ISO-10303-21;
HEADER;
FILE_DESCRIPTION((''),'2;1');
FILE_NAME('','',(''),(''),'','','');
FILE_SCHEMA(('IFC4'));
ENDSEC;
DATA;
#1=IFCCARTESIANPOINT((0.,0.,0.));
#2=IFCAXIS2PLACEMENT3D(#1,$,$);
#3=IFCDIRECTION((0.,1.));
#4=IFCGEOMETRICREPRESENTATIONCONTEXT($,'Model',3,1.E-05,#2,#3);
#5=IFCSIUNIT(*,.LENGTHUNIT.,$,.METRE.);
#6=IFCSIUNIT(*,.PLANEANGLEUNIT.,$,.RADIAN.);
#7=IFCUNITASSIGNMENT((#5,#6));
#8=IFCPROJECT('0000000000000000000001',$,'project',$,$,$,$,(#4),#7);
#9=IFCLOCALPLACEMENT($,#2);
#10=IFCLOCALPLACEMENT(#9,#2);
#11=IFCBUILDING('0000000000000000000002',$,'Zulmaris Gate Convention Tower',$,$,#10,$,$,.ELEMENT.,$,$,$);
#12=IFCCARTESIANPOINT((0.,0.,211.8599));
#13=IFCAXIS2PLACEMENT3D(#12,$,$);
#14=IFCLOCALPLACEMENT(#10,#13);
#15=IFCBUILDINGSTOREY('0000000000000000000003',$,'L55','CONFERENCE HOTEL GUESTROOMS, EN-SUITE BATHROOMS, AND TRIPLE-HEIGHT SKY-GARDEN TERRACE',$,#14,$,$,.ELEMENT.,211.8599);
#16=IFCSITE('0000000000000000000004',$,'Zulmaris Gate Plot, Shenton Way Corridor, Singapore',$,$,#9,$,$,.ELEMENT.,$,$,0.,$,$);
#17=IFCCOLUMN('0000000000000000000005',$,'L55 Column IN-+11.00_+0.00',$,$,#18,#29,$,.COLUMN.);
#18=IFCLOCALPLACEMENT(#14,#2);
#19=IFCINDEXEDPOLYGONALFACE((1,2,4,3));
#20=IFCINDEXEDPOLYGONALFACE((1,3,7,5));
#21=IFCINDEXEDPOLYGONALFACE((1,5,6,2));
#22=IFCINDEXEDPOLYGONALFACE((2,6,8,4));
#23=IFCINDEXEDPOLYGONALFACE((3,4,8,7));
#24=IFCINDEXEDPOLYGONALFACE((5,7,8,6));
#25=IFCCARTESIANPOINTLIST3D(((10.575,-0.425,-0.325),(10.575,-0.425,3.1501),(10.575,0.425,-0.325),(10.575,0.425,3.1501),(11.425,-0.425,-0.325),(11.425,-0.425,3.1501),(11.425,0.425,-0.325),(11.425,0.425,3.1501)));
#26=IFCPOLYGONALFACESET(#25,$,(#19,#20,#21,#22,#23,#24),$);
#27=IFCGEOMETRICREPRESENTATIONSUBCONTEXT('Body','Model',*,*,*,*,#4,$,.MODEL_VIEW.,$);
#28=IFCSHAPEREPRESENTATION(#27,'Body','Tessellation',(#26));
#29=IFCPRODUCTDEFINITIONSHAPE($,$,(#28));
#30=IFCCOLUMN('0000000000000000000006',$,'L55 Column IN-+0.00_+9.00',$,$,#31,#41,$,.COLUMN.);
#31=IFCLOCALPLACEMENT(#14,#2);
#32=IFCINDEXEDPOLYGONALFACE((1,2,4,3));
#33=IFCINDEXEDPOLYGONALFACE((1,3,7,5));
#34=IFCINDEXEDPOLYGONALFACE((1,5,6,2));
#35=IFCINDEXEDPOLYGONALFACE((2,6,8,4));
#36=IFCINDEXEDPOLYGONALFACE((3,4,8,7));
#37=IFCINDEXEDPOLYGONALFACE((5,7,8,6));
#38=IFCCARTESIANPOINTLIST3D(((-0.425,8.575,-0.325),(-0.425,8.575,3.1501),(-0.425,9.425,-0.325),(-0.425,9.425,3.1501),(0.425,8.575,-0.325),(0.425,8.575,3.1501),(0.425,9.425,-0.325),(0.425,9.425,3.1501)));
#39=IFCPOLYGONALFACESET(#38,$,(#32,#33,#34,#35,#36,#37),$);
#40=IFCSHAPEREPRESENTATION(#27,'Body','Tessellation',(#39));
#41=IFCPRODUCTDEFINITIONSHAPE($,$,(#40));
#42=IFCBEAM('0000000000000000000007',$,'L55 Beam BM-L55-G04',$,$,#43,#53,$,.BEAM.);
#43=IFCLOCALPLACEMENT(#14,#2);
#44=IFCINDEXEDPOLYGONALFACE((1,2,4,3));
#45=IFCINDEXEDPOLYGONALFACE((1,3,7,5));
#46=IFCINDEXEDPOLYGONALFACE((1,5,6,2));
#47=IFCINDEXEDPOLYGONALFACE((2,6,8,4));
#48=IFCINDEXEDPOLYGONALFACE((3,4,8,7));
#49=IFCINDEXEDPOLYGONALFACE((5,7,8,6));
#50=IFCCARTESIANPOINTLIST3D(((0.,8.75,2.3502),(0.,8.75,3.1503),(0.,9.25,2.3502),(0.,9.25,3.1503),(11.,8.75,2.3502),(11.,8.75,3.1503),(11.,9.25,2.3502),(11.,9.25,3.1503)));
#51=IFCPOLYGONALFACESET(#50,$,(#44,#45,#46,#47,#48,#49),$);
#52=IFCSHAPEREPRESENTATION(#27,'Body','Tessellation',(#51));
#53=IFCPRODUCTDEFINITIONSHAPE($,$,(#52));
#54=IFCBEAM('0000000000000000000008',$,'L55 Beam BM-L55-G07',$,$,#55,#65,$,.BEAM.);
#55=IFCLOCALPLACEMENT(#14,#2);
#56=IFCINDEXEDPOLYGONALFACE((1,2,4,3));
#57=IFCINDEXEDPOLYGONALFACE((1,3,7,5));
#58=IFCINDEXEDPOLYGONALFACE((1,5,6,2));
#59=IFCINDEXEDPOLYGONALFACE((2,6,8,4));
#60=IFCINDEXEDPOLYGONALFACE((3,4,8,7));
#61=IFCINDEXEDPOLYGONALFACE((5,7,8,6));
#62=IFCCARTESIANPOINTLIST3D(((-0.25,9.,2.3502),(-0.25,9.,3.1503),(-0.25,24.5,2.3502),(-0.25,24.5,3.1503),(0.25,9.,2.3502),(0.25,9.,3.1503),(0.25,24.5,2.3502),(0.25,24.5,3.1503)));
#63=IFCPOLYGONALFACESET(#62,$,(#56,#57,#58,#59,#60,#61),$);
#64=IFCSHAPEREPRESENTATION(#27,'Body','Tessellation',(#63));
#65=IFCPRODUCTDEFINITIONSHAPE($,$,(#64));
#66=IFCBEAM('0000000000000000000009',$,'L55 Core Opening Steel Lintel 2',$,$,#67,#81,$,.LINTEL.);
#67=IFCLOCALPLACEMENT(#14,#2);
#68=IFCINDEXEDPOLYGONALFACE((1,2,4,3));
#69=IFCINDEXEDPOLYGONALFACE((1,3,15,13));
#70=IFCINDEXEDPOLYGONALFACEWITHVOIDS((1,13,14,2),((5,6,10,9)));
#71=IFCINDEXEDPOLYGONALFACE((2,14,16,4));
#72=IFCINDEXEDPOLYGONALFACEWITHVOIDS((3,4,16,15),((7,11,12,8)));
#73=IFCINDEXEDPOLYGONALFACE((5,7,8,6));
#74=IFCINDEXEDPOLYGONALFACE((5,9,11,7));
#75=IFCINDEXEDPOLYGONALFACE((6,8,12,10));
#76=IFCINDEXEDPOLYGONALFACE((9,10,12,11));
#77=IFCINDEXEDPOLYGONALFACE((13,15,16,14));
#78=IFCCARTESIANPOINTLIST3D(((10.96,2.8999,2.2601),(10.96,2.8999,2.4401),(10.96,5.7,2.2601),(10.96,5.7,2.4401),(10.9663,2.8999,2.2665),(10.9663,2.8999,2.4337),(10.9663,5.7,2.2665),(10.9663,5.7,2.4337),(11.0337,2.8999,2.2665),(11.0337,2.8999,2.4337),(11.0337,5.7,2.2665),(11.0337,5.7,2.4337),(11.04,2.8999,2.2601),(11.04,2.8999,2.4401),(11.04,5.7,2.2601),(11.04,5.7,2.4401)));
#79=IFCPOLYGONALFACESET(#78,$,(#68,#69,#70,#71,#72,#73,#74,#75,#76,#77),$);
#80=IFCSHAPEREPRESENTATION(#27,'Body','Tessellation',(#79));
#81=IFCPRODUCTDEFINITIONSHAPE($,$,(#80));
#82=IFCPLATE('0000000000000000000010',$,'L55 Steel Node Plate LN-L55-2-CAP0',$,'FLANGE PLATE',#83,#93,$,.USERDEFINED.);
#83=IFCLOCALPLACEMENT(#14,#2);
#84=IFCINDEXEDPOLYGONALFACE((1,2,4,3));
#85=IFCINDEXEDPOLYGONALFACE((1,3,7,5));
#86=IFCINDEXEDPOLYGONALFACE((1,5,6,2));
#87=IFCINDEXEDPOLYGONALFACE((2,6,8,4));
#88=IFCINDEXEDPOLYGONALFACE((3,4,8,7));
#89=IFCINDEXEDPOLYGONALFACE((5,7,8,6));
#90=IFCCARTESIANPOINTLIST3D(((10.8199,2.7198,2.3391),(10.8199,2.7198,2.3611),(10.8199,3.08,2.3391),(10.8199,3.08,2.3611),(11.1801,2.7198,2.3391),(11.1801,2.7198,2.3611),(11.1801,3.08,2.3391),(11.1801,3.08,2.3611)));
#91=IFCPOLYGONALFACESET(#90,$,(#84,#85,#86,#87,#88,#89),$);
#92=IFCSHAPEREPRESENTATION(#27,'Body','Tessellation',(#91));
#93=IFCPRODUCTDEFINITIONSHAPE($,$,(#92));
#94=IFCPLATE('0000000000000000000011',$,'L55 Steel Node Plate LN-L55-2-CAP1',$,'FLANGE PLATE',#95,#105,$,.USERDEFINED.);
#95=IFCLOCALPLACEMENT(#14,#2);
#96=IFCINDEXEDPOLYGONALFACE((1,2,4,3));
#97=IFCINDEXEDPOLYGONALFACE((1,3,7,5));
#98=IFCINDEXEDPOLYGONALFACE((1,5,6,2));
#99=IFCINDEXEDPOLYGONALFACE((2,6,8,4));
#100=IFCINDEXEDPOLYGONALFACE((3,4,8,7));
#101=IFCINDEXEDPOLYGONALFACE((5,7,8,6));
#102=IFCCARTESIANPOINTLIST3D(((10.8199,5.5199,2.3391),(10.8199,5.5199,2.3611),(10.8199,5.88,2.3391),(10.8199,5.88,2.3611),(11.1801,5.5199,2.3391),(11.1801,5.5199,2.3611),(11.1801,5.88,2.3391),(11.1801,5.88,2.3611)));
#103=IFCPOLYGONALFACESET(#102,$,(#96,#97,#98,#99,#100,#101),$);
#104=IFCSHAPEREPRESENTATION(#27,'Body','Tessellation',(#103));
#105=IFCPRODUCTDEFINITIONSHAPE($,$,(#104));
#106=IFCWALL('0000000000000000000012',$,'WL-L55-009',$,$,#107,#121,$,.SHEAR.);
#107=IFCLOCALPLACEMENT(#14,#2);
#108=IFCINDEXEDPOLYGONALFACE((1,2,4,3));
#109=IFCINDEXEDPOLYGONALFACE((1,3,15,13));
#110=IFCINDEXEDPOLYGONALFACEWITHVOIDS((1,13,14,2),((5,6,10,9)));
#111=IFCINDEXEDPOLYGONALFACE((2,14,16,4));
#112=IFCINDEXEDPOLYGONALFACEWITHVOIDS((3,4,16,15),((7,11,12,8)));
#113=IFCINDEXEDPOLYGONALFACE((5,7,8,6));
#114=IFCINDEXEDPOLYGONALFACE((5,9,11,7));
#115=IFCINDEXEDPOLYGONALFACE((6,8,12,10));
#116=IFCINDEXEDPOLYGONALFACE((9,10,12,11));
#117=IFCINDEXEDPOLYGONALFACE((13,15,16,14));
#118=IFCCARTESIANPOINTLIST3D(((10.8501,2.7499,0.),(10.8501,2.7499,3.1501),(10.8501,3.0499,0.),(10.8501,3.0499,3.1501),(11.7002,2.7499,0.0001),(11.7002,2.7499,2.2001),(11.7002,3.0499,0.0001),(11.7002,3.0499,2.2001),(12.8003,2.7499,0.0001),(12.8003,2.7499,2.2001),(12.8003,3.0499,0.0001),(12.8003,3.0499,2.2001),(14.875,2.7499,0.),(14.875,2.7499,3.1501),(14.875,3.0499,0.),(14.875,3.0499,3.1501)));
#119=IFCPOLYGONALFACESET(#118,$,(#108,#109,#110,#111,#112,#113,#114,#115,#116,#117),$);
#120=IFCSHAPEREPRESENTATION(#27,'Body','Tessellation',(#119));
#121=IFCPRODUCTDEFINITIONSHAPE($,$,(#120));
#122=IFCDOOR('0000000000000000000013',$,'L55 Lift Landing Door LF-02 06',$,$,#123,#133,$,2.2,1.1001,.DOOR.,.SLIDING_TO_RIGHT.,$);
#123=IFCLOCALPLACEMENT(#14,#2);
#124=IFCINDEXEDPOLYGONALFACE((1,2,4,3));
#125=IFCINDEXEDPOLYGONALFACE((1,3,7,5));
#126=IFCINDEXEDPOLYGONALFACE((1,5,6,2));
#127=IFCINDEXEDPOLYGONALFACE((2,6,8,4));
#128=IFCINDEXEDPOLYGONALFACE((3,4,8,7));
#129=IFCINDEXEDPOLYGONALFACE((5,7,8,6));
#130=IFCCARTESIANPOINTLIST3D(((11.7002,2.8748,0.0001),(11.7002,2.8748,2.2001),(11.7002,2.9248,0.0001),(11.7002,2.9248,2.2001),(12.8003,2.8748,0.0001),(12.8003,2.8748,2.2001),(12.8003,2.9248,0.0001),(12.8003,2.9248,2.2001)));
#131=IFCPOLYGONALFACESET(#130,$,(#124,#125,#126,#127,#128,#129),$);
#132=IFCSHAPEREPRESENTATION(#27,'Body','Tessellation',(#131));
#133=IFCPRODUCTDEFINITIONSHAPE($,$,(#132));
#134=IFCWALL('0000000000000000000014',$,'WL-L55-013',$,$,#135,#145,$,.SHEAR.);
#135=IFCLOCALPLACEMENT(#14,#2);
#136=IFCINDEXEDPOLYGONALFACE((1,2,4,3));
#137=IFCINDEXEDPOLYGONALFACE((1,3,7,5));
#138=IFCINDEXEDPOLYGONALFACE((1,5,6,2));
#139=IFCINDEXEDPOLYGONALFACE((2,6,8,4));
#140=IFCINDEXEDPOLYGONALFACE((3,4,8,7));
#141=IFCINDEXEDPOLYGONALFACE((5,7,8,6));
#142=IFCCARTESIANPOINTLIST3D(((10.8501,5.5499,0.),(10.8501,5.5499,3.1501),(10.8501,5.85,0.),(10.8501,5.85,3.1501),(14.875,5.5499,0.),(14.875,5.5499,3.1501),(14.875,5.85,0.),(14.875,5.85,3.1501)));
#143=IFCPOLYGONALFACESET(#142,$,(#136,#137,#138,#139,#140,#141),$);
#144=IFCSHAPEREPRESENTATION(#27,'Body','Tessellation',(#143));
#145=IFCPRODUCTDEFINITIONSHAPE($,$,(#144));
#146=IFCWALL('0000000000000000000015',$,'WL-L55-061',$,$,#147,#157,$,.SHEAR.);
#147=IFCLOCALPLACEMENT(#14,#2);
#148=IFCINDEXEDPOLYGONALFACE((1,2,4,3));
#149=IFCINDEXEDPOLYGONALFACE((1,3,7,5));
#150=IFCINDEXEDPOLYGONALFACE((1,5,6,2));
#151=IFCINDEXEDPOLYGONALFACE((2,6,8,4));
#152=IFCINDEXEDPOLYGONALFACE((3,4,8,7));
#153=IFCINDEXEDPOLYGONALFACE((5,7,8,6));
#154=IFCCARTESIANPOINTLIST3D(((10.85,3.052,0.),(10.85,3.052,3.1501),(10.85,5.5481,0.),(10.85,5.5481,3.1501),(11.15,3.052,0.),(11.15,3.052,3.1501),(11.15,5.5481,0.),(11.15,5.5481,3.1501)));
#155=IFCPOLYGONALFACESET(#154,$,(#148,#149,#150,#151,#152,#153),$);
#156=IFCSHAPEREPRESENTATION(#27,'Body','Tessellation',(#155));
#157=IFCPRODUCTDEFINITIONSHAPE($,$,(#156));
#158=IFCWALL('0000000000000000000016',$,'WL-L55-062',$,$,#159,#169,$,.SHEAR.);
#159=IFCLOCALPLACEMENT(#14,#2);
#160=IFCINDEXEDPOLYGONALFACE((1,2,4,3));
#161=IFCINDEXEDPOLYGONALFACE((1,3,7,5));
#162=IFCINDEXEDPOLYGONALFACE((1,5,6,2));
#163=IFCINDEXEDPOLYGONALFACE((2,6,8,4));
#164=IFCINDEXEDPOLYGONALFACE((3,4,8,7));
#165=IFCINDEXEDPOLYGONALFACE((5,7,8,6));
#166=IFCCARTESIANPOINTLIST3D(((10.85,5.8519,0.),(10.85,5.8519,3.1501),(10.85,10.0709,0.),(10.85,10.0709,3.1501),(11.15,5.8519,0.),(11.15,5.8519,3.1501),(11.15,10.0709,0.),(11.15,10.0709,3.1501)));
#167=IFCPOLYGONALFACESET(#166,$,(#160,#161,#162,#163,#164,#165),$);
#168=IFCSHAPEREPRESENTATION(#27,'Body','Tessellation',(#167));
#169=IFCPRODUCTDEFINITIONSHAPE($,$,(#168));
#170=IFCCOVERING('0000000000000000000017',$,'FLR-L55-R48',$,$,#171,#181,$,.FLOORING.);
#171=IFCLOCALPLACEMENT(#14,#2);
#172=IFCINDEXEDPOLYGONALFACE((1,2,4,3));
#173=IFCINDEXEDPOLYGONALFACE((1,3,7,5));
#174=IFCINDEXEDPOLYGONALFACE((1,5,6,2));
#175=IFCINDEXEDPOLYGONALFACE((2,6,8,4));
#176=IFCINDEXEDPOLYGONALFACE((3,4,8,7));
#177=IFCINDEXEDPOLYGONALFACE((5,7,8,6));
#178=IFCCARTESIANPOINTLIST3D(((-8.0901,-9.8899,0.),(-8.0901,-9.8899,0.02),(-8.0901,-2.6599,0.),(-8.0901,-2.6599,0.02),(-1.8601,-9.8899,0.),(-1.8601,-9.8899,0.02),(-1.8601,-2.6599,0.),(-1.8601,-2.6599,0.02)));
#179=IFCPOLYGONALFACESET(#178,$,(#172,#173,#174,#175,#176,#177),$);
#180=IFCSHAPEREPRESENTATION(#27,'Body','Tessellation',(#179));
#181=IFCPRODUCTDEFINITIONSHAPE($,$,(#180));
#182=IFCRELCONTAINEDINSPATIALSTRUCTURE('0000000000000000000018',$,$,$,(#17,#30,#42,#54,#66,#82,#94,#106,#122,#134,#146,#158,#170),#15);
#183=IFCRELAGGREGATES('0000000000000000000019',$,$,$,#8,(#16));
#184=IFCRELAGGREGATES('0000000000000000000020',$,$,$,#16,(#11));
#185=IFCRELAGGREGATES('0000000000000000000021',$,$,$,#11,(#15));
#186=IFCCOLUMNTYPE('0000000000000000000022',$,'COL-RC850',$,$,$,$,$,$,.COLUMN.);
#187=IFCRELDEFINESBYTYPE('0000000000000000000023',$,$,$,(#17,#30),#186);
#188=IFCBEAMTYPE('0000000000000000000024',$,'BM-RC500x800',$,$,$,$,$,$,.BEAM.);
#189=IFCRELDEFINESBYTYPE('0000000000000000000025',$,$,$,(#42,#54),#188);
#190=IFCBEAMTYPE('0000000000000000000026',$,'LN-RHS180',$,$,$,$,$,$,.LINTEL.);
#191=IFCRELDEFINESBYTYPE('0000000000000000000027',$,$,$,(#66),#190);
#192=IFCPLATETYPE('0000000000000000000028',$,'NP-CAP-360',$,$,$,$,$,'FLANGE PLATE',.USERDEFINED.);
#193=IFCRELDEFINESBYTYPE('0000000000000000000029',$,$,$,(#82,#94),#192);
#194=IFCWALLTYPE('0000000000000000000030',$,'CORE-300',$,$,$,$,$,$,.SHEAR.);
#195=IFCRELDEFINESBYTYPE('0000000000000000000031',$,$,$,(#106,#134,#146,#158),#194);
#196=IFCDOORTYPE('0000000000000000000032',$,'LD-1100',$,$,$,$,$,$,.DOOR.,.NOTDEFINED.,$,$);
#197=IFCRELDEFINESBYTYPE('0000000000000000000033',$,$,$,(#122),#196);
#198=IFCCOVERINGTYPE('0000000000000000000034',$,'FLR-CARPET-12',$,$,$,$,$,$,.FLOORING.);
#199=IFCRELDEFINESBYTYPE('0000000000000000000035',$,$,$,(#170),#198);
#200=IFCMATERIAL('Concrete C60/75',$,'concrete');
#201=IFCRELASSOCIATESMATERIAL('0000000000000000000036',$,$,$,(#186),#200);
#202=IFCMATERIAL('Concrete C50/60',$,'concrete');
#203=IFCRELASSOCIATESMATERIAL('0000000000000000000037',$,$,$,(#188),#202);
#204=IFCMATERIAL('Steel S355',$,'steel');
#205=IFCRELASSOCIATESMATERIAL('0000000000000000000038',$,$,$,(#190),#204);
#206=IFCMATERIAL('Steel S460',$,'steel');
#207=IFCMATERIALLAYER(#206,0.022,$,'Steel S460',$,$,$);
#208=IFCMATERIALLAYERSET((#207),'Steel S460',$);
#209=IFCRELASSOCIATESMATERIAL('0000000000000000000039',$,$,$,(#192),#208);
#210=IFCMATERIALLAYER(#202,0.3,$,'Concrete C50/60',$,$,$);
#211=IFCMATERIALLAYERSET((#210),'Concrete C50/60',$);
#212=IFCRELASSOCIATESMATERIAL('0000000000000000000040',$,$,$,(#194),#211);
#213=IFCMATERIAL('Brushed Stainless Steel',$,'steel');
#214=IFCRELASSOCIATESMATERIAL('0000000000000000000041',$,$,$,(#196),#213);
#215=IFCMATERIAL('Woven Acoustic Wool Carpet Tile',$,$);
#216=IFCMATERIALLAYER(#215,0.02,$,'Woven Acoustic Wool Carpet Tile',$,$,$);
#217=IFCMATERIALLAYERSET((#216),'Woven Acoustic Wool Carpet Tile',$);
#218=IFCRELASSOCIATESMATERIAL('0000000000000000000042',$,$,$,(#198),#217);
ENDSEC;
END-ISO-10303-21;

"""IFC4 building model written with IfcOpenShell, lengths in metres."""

from ifc_helpers import new_model, si_unit, direction, frame, frame_2d, origin, origin_2d, place, context, subcontext, project, spatial, polyline, rectangle, hollow_rectangle, outline, extrude, material, layer, layer_set, material_profile, profile_set, type_object, element, fill, save


model = new_model("IFC4")

# Units and contexts
model_context = context("Model", 3, precision=1e-05, world=origin(), true_north=direction((0.0, 1.0)))
body_context = subcontext(model_context, "Body", "Model", "MODEL_VIEW")
ifc_project = project(units=[si_unit("LENGTHUNIT", "METRE"), si_unit("PLANEANGLEUNIT", "RADIAN")], contexts=[model_context])

# Site, building, storey
site_placement = place(None, origin())
site = spatial("IfcSite", under=ifc_project, at=site_placement, Name="Zulmaris Gate Plot, Shenton Way Corridor, Singapore", CompositionType="ELEMENT", RefElevation=0.0)
building_placement = place(site_placement, origin())
building = spatial("IfcBuilding", under=site, at=building_placement, Name="Zulmaris Gate Convention Tower", CompositionType="ELEMENT")
storey_placement = place(building_placement, frame((0.0, 0.0, 211.8599)))
storey = spatial("IfcBuildingStorey", under=building, at=storey_placement, Name="L55", Description="CONFERENCE HOTEL GUESTROOMS, EN-SUITE BATHROOMS, AND TRIPLE-HEIGHT SKY-GARDEN TERRACE", CompositionType="ELEMENT", Elevation=211.8599)

# Columns
ifc_material_1 = material(Name="Concrete C60/75", Category="concrete")
ifc_material_profile_1 = material_profile(ifc_material_1, rectangle(XDim=0.8501, YDim=0.8501, at=origin_2d()), Name="RC COL 850x850")
ifc_profile_set_1 = profile_set([ifc_material_profile_1], Name="Concrete C60/75")
column_type = type_object("IfcColumnType", Name="COL-RC850", PredefinedType="COLUMN", material=ifc_profile_set_1)
for number, where, z_axis, x_axis, name in (
    (1, (11.0, 0.0, -0.325), (0.0, 0.0, 1.0), (1.0, 0.0, 0.0), "L55 Column IN-+11.00_+0.00"),
    (2, (0.0, 9.0, -0.325), (0.0, 0.0, 1.0), (1.0, 0.0, 0.0), "L55 Column IN-+0.00_+9.00"),
):
    element("IfcColumn", number, at=place(storey_placement, frame(where, z_axis=z_axis, x_axis=x_axis)), inside=storey, type_object=column_type, Name=name, PredefinedType="COLUMN", context=body_context, shape_type="SweptSolid", body=[
        extrude(rectangle(XDim=0.8501, YDim=0.8501, at=origin_2d()), origin(), (0.0, 0.0, 1.0), 3.4751),
    ])

# Beams
ifc_material_2 = material(Name="Concrete C50/60", Category="concrete")
ifc_material_profile_2 = material_profile(ifc_material_2, rectangle(XDim=0.5, YDim=0.8, at=origin_2d()), Name="RC BEAM 500x800")
ifc_profile_set_2 = profile_set([ifc_material_profile_2], Name="Concrete C50/60")
beam_type_1 = type_object("IfcBeamType", Name="BM-RC500x800", PredefinedType="BEAM", material=ifc_profile_set_2)
beam_1_placement = place(storey_placement, frame((0.0, 9.0, 2.7502), z_axis=(1.0, 0.0, 0.0), x_axis=(0.0, 1.0, 0.0)))
element("IfcBeam", 3, at=beam_1_placement, inside=storey, type_object=beam_type_1, Name="L55 Beam BM-L55-G04", PredefinedType="BEAM", context=body_context, shape_type="SweptSolid", body=[
    extrude(rectangle(XDim=0.5, YDim=0.8, at=origin_2d()), origin(), (0.0, 0.0, 1.0), 11.0),
])
beam_2_placement = place(storey_placement, frame((0.0, 9.0, 2.7502), z_axis=(0.0, 1.0, 0.0), x_axis=(-1.0, 0.0, 0.0)))
element("IfcBeam", 4, at=beam_2_placement, inside=storey, type_object=beam_type_1, Name="L55 Beam BM-L55-G07", PredefinedType="BEAM", context=body_context, shape_type="SweptSolid", body=[
    extrude(rectangle(XDim=0.5, YDim=0.8, at=origin_2d()), origin(), (0.0, 0.0, 1.0), 15.5),
])
ifc_material_3 = material(Name="Steel S355", Category="steel")
ifc_material_profile_3 = material_profile(ifc_material_3, hollow_rectangle(XDim=0.0801, YDim=0.1799, WallThickness=0.0063, at=origin_2d()), Name="RHS 180x80x6.3")
ifc_profile_set_3 = profile_set([ifc_material_profile_3], Name="Steel S355")
beam_type_2 = type_object("IfcBeamType", Name="LN-RHS180", PredefinedType="LINTEL", material=ifc_profile_set_3)
beam_3_placement = place(storey_placement, frame((11.0, 2.8999, 2.3501), z_axis=(0.0, 1.0, 0.0), x_axis=(-1.0, 0.0, 0.0)))
element("IfcBeam", 5, at=beam_3_placement, inside=storey, type_object=beam_type_2, Name="L55 Core Opening Steel Lintel 2", PredefinedType="LINTEL", context=body_context, shape_type="SweptSolid", body=[
    extrude(hollow_rectangle(XDim=0.0801, YDim=0.1799, WallThickness=0.0063, at=origin_2d()), origin(), (0.0, 0.0, 1.0), 2.8),
])

# Plates
ifc_material_4 = material(Name="Steel S460", Category="steel")
ifc_layer_1 = layer(ifc_material_4, 0.022, Name="Steel S460")
ifc_layer_set_1 = layer_set([ifc_layer_1], Name="Steel S460")
plate_type = type_object("IfcPlateType", Name="NP-CAP-360", ElementType="FLANGE PLATE", PredefinedType="USERDEFINED", material=ifc_layer_set_1)
for number, where, z_axis, x_axis, name in (
    (6, (11.0, 2.8999, 2.3391), (0.0, 0.0, 1.0), (1.0, 0.0, 0.0), "L55 Steel Node Plate LN-L55-2-CAP0"),
    (7, (11.0, 5.7, 2.3391), (0.0, 0.0, 1.0), (1.0, 0.0, 0.0), "L55 Steel Node Plate LN-L55-2-CAP1"),
):
    element("IfcPlate", number, at=place(storey_placement, frame(where, z_axis=z_axis, x_axis=x_axis)), inside=storey, type_object=plate_type, Name=name, ObjectType="FLANGE PLATE", PredefinedType="USERDEFINED", context=body_context, shape_type="SweptSolid", body=[
        extrude(rectangle(XDim=0.3601, YDim=0.3601, at=origin_2d()), origin(), (0.0, 0.0, 1.0), 0.022),
    ])

# Wall, opening, door
ifc_layer_2 = layer(ifc_material_2, 0.3, Name="Concrete C50/60")
ifc_layer_set_2 = layer_set([ifc_layer_2], Name="Concrete C50/60")
wall_type = type_object("IfcWallType", Name="CORE-300", PredefinedType="SHEAR", material=ifc_layer_set_2)
wall_1_placement = place(storey_placement, frame((10.8501, 2.8999, 0.0), z_axis=(0.0, 0.0, 1.0), x_axis=(1.0, 0.0, 0.0)))
wall_1 = element("IfcWall", 8, at=wall_1_placement, inside=storey, type_object=wall_type, Name="WL-L55-009", PredefinedType="SHEAR", context=body_context, shape_type="SweptSolid", body=[
    extrude(rectangle(XDim=4.0249, YDim=0.3, at=frame_2d((2.0125, 0.0))), origin(), (0.0, 0.0, 1.0), 3.1501),
])
opening_1_placement = place(wall_1_placement, frame((0.8501, 0.0, 0.0)))
opening_1 = element("IfcOpeningElement", 9, at=opening_1_placement, cuts=wall_1, PredefinedType="OPENING", context=body_context, shape_type="SweptSolid", body=[
    extrude(rectangle(XDim=1.1001, YDim=2.2, at=frame_2d((0.55, 1.1001))), frame((0.0, 0.1602, 0.0), z_axis=(0.0, -1.0, 0.0), x_axis=(1.0, 0.0, 0.0)), (0.0, 0.0, 1.0), 0.3201),
])
ifc_material_5 = material(Name="Brushed Stainless Steel", Category="steel")
door_type_1 = type_object("IfcDoorType", Name="LD-1100", OperationType="NOTDEFINED", PredefinedType="DOOR", material=ifc_material_5)
door_1_placement = place(opening_1_placement, origin())
door_1 = element("IfcDoor", 10, at=door_1_placement, inside=storey, type_object=door_type_1, Name="L55 Lift Landing Door LF-02 06", OperationType="SLIDING_TO_RIGHT", OverallHeight=2.2, OverallWidth=1.1001, PredefinedType="DOOR", context=body_context, shape_type="SweptSolid", body=[
    extrude(rectangle(XDim=1.1001, YDim=2.2, at=frame_2d((0.55, 1.1001))), frame((0.0, 0.0249, 0.0), z_axis=(0.0, -1.0, 0.0), x_axis=(1.0, 0.0, 0.0)), (0.0, 0.0, 1.0), 0.05),
])
fill(opening_1, door_1)

# Wall
wall_2_placement = place(storey_placement, frame((10.8501, 5.7, 0.0), z_axis=(0.0, 0.0, 1.0), x_axis=(1.0, 0.0, 0.0)))
element("IfcWall", 11, at=wall_2_placement, inside=storey, type_object=wall_type, Name="WL-L55-013", PredefinedType="SHEAR", context=body_context, shape_type="SweptSolid", body=[
    extrude(rectangle(XDim=4.0249, YDim=0.3, at=frame_2d((2.0125, 0.0))), origin(), (0.0, 0.0, 1.0), 3.1501),
])

# Walls
wall_3_placement = place(storey_placement, frame((11.0, 3.052, 0.0), z_axis=(0.0, 0.0, 1.0), x_axis=(0.0, 1.0, 0.0)))
element("IfcWall", 12, at=wall_3_placement, inside=storey, type_object=wall_type, Name="WL-L55-061", PredefinedType="SHEAR", context=body_context, shape_type="SweptSolid", body=[
    extrude(rectangle(XDim=2.4961, YDim=0.3, at=frame_2d((1.248, 0.0))), origin(), (0.0, 0.0, 1.0), 3.1501),
])
wall_4_placement = place(storey_placement, frame((11.0, 5.8521, 0.0), z_axis=(0.0, 0.0, 1.0), x_axis=(0.0, 1.0, 0.0)))
element("IfcWall", 13, at=wall_4_placement, inside=storey, type_object=wall_type, Name="WL-L55-062", PredefinedType="SHEAR", context=body_context, shape_type="SweptSolid", body=[
    extrude(rectangle(XDim=4.219, YDim=0.3, at=frame_2d((2.1094, 0.0))), origin(), (0.0, 0.0, 1.0), 3.1501),
])

# Covering
ifc_material_6 = material(Name="Woven Acoustic Wool Carpet Tile")
ifc_layer_3 = layer(ifc_material_6, 0.02, Name="Woven Acoustic Wool Carpet Tile")
ifc_layer_set_3 = layer_set([ifc_layer_3], Name="Woven Acoustic Wool Carpet Tile")
covering_type_1 = type_object("IfcCoveringType", Name="FLR-CARPET-12", PredefinedType="FLOORING", material=ifc_layer_set_3)
covering_1_placement = place(storey_placement, origin())
element("IfcCovering", 14, at=covering_1_placement, inside=storey, type_object=covering_type_1, Name="FLR-L55-R48", PredefinedType="FLOORING", context=body_context, shape_type="SweptSolid", body=[
    extrude(outline(polyline([(-8.0901, -9.8899), (-1.8601, -9.8899), (-1.8601, -2.6599), (-8.0901, -2.6599), (-8.0901, -9.8899)])), origin(), (0.0, 0.0, 1.0), 0.02),
])

save(model, "model.ifc")
